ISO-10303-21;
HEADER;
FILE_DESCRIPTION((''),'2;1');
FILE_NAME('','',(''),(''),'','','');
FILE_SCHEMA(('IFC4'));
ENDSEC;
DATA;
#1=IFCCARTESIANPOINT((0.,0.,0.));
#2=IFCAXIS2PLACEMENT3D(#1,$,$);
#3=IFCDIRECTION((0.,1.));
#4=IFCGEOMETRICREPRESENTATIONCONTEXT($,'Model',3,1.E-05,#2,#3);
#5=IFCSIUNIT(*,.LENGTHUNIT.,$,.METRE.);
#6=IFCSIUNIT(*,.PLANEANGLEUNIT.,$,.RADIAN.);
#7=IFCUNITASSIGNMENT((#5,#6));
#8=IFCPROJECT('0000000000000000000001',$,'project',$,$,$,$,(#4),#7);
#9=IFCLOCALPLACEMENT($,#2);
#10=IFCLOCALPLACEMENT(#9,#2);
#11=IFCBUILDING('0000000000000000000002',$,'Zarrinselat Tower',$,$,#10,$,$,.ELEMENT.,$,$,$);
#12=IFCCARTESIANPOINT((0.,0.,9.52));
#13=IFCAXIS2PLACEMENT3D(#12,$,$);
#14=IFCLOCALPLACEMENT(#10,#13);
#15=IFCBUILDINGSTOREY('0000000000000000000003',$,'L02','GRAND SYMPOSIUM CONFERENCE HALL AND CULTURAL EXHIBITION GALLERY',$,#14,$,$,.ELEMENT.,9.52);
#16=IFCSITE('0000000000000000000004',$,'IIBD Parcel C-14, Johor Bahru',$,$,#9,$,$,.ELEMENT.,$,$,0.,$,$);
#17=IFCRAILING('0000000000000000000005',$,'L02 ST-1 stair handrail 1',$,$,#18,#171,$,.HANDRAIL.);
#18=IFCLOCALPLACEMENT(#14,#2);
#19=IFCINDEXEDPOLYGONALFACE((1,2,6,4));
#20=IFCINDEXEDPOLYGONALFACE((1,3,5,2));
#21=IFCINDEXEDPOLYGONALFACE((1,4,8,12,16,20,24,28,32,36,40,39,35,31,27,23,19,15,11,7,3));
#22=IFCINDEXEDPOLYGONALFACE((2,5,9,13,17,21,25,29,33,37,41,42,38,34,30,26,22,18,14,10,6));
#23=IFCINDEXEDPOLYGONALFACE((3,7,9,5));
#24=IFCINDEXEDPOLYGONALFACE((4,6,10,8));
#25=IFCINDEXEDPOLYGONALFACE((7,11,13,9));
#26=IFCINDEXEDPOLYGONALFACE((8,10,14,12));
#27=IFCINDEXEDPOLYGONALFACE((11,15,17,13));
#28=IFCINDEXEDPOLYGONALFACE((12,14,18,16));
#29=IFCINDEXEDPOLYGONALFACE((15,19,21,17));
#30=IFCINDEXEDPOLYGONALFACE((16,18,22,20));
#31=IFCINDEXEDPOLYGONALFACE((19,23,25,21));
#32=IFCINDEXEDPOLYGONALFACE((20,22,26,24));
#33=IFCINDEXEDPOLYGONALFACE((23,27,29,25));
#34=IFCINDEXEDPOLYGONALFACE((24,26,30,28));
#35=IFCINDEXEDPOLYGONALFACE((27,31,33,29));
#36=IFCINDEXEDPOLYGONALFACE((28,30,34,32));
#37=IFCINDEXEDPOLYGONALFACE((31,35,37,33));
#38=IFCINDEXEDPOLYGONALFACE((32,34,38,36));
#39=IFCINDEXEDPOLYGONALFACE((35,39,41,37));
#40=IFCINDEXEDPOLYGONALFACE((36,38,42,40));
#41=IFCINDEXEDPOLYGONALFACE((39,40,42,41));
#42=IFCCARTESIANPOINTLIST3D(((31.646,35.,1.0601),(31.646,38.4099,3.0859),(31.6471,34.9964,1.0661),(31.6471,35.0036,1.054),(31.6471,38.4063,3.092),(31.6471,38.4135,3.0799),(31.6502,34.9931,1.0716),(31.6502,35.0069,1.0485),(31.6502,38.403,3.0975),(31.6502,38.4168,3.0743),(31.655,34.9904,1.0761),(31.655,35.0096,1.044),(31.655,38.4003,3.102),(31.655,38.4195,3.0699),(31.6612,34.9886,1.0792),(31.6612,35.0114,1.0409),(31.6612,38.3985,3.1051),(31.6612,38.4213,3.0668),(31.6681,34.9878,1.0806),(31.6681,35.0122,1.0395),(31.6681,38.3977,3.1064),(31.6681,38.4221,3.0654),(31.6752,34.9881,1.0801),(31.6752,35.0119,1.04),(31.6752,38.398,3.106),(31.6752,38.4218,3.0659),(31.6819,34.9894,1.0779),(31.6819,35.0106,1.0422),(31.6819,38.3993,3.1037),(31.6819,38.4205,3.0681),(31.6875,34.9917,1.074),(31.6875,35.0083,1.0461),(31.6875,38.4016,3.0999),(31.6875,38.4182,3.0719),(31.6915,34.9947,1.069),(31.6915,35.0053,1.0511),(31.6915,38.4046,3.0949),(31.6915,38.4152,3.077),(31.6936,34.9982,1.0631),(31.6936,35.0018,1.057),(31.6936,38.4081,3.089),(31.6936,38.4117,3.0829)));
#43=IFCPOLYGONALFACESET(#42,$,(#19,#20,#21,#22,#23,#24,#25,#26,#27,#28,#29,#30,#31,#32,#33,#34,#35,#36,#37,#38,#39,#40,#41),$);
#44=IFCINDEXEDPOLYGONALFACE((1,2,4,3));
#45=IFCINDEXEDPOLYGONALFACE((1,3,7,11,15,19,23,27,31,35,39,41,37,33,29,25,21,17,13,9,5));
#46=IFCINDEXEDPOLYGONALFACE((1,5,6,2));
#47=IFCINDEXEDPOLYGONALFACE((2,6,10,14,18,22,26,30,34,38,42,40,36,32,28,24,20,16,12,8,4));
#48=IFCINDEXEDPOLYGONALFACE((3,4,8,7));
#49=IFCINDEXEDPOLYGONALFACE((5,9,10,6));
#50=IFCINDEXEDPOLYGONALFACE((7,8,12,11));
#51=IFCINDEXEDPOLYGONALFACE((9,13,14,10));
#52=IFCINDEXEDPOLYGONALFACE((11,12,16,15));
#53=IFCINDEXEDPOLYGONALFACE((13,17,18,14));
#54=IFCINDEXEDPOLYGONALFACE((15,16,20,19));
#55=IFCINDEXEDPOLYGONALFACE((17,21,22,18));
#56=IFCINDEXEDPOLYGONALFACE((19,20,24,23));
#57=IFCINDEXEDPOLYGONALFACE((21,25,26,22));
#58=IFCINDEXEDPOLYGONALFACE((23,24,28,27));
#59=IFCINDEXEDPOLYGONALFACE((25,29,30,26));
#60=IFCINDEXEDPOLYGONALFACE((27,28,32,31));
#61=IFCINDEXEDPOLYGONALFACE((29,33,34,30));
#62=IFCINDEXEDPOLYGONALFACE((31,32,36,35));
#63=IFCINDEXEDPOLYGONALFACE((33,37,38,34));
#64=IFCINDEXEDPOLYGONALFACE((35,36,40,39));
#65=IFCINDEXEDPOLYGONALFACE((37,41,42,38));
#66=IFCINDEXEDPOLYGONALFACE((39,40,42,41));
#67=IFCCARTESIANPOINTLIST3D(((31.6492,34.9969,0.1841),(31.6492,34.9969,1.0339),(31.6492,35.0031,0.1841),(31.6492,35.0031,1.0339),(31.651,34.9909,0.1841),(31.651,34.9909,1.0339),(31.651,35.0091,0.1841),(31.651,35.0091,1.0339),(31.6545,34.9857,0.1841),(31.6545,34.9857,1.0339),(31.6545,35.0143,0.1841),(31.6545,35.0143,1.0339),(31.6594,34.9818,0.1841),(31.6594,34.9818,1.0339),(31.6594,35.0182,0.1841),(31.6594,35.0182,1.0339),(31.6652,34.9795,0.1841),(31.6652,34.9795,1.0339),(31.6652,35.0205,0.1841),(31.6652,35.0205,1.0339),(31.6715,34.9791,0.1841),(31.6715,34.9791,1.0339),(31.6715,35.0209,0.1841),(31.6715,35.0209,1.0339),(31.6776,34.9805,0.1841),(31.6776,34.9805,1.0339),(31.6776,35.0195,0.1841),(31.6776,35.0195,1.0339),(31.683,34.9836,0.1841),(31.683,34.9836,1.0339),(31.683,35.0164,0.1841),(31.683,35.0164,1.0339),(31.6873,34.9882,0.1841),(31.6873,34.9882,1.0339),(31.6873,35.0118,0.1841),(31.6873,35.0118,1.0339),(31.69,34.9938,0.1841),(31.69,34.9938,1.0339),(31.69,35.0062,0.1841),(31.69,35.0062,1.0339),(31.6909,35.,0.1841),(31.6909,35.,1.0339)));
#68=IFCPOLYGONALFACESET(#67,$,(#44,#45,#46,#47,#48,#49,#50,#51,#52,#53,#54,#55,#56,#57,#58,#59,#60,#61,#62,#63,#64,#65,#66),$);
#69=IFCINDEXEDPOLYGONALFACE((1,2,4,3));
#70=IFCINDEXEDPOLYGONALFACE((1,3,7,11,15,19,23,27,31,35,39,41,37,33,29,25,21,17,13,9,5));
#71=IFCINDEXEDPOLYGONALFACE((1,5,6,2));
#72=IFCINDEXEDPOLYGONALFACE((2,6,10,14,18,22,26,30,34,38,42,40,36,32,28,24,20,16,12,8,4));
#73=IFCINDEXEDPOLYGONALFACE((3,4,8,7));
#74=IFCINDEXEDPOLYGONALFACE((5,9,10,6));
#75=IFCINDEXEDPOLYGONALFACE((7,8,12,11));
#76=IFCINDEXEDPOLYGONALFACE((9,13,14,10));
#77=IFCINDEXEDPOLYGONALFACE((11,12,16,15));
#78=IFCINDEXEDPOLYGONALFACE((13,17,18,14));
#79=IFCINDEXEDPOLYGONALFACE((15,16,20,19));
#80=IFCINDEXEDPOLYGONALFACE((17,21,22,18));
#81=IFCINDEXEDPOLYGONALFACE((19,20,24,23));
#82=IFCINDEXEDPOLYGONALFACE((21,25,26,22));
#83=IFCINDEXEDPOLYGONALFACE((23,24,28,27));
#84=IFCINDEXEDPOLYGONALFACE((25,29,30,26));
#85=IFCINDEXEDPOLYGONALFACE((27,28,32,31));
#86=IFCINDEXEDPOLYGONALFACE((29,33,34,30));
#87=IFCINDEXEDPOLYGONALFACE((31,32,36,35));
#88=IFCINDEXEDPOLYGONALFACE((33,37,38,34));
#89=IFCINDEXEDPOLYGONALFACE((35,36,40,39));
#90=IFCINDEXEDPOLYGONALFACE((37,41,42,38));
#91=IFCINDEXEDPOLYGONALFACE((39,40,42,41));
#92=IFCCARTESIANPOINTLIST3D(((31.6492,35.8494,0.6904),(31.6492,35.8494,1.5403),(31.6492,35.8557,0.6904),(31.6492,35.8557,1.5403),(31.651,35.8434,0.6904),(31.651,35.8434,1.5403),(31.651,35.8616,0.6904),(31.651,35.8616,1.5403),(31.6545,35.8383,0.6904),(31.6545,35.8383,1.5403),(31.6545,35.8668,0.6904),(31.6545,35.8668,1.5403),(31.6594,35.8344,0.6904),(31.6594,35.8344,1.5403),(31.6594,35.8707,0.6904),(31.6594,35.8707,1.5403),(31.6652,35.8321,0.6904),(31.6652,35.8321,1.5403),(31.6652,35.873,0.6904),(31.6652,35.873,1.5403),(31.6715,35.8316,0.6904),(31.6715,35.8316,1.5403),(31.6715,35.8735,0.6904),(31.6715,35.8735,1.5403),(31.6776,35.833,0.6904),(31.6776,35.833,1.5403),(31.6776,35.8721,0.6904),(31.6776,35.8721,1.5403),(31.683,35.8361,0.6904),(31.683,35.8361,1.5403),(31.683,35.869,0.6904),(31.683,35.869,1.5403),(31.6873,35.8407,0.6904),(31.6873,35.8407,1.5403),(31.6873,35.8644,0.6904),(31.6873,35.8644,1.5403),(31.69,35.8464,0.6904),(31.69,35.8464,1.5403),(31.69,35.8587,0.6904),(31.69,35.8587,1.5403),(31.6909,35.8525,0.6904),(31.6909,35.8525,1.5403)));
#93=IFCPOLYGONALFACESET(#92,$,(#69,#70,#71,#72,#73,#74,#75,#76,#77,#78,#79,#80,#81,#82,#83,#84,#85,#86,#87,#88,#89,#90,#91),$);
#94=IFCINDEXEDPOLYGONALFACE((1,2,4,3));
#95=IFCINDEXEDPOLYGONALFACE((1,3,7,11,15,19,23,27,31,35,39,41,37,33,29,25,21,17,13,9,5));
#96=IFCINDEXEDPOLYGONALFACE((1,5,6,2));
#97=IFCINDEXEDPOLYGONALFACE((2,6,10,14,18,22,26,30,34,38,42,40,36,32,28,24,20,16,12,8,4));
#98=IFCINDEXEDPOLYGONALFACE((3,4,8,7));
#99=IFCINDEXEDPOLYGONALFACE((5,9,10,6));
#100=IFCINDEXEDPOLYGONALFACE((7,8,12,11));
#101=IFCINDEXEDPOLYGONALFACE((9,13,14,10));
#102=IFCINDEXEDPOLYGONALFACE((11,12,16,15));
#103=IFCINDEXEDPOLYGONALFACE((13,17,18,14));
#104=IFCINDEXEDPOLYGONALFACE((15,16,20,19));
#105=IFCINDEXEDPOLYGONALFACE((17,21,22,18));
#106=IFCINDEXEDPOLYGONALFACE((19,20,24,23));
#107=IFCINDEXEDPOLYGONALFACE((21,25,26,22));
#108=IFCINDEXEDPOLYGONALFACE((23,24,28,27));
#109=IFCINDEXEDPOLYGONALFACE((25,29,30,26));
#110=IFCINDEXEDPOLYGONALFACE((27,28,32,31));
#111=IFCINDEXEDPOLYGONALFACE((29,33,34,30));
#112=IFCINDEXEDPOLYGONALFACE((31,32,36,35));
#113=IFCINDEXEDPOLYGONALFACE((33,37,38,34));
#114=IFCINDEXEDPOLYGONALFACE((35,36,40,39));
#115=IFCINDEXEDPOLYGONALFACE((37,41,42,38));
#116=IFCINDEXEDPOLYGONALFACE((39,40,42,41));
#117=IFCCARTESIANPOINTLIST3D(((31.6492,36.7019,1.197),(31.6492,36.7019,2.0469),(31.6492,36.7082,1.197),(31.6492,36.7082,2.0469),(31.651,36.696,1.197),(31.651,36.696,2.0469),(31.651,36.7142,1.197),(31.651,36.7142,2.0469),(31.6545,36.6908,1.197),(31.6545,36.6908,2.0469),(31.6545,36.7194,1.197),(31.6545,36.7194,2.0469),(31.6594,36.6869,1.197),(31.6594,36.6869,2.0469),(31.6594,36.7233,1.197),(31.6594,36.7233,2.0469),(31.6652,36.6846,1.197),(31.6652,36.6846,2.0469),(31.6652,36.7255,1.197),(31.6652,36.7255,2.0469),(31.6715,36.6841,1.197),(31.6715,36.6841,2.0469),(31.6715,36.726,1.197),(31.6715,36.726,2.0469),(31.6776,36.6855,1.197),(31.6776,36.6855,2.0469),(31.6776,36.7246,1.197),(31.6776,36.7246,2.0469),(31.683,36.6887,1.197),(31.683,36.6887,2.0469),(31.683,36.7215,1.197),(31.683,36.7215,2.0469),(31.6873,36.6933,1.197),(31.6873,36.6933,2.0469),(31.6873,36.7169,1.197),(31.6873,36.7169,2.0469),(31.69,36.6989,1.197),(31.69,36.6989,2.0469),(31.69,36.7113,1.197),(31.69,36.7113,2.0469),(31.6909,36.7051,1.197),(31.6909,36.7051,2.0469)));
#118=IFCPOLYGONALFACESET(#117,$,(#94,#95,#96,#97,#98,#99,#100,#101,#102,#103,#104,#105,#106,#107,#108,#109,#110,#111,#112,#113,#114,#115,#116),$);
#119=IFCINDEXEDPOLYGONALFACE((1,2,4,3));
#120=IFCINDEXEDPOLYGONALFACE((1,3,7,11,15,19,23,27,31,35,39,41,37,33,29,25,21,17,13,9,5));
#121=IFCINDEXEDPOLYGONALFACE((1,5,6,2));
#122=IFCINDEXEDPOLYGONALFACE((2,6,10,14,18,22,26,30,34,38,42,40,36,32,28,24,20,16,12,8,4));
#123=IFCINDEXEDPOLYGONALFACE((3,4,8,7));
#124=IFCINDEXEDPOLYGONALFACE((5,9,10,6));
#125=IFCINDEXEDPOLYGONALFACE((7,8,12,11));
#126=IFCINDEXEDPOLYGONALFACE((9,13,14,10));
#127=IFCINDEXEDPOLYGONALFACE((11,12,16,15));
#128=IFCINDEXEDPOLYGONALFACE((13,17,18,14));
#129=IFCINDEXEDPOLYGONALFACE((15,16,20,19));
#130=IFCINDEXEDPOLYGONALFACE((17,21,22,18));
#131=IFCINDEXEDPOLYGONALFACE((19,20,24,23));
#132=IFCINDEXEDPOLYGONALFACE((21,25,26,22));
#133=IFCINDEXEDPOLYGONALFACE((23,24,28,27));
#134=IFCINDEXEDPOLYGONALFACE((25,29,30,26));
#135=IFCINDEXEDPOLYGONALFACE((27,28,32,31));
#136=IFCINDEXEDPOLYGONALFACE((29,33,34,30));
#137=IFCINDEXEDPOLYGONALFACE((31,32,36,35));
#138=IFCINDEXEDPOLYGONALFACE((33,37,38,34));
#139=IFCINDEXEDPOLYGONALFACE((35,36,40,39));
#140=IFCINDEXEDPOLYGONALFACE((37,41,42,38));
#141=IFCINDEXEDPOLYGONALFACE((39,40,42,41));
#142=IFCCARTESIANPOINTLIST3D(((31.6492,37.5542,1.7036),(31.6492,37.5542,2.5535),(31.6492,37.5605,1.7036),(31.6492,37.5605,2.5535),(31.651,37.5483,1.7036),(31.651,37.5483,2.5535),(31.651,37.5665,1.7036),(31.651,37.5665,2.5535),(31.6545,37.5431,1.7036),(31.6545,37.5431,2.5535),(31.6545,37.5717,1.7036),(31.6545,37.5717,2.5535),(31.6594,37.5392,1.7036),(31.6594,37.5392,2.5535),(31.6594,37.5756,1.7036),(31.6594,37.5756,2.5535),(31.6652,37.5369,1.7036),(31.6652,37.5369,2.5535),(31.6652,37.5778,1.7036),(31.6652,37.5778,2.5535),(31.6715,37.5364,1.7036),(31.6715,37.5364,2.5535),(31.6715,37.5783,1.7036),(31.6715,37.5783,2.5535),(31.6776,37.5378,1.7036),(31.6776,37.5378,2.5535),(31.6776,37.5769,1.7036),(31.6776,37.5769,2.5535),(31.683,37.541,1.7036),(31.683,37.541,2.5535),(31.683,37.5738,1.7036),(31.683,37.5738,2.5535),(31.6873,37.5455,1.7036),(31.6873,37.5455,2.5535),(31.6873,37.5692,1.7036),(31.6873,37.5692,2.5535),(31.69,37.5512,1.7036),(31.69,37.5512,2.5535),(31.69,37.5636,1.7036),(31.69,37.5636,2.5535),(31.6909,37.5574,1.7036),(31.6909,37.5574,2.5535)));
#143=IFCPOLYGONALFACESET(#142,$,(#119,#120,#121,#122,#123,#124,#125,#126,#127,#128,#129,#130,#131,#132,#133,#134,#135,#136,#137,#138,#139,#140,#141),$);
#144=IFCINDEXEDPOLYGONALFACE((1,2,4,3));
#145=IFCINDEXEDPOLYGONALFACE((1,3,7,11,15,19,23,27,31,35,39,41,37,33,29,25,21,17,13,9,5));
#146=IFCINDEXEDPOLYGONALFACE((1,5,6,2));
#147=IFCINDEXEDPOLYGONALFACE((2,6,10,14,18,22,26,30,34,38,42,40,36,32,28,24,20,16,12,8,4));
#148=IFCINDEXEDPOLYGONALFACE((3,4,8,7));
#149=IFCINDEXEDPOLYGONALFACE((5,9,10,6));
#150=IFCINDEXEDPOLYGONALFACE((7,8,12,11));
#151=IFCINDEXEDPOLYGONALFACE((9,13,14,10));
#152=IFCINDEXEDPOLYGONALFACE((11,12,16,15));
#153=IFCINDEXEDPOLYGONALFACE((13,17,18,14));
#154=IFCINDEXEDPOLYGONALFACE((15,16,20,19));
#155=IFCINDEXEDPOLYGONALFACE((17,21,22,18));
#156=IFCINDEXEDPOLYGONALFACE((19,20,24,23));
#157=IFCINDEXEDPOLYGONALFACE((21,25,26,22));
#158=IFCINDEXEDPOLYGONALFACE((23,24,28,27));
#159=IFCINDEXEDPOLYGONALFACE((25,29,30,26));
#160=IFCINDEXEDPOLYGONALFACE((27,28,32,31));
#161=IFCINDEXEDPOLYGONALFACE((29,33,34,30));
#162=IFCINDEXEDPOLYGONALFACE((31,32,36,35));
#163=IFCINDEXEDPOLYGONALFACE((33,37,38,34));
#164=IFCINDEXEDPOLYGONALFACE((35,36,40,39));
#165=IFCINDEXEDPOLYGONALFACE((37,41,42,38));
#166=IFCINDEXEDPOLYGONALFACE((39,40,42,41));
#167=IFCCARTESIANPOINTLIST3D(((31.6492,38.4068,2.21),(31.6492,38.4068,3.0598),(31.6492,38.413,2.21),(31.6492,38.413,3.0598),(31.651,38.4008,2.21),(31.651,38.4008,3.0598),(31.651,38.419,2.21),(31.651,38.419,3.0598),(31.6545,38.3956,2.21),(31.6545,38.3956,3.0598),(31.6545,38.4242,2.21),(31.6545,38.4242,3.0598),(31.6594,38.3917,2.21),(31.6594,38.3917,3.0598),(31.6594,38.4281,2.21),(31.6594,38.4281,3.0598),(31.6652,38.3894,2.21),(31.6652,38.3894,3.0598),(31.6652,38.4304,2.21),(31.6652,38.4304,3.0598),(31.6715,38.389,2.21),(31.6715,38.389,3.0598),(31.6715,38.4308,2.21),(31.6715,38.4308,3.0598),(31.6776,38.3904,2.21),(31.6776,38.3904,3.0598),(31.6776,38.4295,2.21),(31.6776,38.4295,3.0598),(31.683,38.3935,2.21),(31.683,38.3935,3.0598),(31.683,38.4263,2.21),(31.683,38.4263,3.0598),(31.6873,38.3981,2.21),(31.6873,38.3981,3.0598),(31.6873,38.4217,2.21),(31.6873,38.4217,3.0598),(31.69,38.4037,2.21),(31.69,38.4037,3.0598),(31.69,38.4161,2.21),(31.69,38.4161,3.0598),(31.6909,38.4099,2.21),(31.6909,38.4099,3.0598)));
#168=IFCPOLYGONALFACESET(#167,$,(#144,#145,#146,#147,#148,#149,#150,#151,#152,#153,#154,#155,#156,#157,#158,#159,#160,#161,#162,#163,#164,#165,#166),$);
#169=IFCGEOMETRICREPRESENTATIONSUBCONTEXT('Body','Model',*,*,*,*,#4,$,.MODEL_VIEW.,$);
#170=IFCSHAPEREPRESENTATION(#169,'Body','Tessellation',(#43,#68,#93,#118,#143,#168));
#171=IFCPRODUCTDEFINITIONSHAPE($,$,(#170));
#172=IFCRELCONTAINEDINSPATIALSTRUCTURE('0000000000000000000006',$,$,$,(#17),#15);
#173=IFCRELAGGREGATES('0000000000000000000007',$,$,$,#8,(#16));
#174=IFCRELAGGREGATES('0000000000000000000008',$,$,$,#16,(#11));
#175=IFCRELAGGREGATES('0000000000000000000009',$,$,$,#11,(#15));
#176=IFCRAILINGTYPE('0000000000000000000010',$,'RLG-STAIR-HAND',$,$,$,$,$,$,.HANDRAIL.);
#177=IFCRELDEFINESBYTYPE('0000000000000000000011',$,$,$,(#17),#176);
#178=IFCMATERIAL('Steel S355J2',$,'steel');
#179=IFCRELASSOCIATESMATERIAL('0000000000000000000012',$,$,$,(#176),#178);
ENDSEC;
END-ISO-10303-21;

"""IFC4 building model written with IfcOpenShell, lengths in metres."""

from ifc_helpers import new_model, si_unit, direction, frame, origin, origin_2d, place, context, subcontext, project, spatial, circle, extrude, material, type_object, element, save


model = new_model("IFC4")

# Units and contexts
model_context = context("Model", 3, precision=1e-05, world=origin(), true_north=direction((0.0, 1.0)))
body_context = subcontext(model_context, "Body", "Model", "MODEL_VIEW")
ifc_project = project(units=[si_unit("LENGTHUNIT", "METRE"), si_unit("PLANEANGLEUNIT", "RADIAN")], contexts=[model_context])

# Site, building, storey
site_placement = place(None, origin())
site = spatial("IfcSite", under=ifc_project, at=site_placement, Name="IIBD Parcel C-14, Johor Bahru", CompositionType="ELEMENT", RefElevation=0.0)
building_placement = place(site_placement, origin())
building = spatial("IfcBuilding", under=site, at=building_placement, Name="Zarrinselat Tower", CompositionType="ELEMENT")
storey_placement = place(building_placement, frame((0.0, 0.0, 9.52)))
storey = spatial("IfcBuildingStorey", under=building, at=storey_placement, Name="L02", Description="GRAND SYMPOSIUM CONFERENCE HALL AND CULTURAL EXHIBITION GALLERY", CompositionType="ELEMENT", Elevation=9.52)

# Railing
ifc_material_1 = material(Name="Steel S355J2", Category="steel")
railing_type_1 = type_object("IfcRailingType", Name="RLG-STAIR-HAND", PredefinedType="HANDRAIL", material=ifc_material_1)
railing_1_placement = place(storey_placement, frame((31.6699, 35.0, 0.1841)))
element("IfcRailing", 1, at=railing_1_placement, inside=storey, type_object=railing_type_1, Name="L02 ST-1 stair handrail 1", PredefinedType="HANDRAIL", context=body_context, shape_type="SweptSolid", body=[
    extrude(circle(Radius=0.0239, at=origin_2d()), frame((0.0, 0.0, 0.876), z_axis=(0.0, 0.859717, 0.510771), x_axis=(-1.0, 0.0, 0.0)), (0.0, 0.0, 1.0), 3.9663),
    extrude(circle(Radius=0.021, at=origin_2d()), origin(), (0.0, 0.0, 1.0), 0.8499),
    extrude(circle(Radius=0.021, at=origin_2d()), frame((0.0, 0.8525, 0.5063)), (0.0, 0.0, 1.0), 0.8499),
    extrude(circle(Radius=0.021, at=origin_2d()), frame((0.0, 1.7051, 1.0129)), (0.0, 0.0, 1.0), 0.8499),
    extrude(circle(Radius=0.021, at=origin_2d()), frame((0.0, 2.5574, 1.5195)), (0.0, 0.0, 1.0), 0.8499),
    extrude(circle(Radius=0.021, at=origin_2d()), frame((0.0, 3.4099, 2.0259)), (0.0, 0.0, 1.0), 0.8499),
])

save(model, "model.ifc")
